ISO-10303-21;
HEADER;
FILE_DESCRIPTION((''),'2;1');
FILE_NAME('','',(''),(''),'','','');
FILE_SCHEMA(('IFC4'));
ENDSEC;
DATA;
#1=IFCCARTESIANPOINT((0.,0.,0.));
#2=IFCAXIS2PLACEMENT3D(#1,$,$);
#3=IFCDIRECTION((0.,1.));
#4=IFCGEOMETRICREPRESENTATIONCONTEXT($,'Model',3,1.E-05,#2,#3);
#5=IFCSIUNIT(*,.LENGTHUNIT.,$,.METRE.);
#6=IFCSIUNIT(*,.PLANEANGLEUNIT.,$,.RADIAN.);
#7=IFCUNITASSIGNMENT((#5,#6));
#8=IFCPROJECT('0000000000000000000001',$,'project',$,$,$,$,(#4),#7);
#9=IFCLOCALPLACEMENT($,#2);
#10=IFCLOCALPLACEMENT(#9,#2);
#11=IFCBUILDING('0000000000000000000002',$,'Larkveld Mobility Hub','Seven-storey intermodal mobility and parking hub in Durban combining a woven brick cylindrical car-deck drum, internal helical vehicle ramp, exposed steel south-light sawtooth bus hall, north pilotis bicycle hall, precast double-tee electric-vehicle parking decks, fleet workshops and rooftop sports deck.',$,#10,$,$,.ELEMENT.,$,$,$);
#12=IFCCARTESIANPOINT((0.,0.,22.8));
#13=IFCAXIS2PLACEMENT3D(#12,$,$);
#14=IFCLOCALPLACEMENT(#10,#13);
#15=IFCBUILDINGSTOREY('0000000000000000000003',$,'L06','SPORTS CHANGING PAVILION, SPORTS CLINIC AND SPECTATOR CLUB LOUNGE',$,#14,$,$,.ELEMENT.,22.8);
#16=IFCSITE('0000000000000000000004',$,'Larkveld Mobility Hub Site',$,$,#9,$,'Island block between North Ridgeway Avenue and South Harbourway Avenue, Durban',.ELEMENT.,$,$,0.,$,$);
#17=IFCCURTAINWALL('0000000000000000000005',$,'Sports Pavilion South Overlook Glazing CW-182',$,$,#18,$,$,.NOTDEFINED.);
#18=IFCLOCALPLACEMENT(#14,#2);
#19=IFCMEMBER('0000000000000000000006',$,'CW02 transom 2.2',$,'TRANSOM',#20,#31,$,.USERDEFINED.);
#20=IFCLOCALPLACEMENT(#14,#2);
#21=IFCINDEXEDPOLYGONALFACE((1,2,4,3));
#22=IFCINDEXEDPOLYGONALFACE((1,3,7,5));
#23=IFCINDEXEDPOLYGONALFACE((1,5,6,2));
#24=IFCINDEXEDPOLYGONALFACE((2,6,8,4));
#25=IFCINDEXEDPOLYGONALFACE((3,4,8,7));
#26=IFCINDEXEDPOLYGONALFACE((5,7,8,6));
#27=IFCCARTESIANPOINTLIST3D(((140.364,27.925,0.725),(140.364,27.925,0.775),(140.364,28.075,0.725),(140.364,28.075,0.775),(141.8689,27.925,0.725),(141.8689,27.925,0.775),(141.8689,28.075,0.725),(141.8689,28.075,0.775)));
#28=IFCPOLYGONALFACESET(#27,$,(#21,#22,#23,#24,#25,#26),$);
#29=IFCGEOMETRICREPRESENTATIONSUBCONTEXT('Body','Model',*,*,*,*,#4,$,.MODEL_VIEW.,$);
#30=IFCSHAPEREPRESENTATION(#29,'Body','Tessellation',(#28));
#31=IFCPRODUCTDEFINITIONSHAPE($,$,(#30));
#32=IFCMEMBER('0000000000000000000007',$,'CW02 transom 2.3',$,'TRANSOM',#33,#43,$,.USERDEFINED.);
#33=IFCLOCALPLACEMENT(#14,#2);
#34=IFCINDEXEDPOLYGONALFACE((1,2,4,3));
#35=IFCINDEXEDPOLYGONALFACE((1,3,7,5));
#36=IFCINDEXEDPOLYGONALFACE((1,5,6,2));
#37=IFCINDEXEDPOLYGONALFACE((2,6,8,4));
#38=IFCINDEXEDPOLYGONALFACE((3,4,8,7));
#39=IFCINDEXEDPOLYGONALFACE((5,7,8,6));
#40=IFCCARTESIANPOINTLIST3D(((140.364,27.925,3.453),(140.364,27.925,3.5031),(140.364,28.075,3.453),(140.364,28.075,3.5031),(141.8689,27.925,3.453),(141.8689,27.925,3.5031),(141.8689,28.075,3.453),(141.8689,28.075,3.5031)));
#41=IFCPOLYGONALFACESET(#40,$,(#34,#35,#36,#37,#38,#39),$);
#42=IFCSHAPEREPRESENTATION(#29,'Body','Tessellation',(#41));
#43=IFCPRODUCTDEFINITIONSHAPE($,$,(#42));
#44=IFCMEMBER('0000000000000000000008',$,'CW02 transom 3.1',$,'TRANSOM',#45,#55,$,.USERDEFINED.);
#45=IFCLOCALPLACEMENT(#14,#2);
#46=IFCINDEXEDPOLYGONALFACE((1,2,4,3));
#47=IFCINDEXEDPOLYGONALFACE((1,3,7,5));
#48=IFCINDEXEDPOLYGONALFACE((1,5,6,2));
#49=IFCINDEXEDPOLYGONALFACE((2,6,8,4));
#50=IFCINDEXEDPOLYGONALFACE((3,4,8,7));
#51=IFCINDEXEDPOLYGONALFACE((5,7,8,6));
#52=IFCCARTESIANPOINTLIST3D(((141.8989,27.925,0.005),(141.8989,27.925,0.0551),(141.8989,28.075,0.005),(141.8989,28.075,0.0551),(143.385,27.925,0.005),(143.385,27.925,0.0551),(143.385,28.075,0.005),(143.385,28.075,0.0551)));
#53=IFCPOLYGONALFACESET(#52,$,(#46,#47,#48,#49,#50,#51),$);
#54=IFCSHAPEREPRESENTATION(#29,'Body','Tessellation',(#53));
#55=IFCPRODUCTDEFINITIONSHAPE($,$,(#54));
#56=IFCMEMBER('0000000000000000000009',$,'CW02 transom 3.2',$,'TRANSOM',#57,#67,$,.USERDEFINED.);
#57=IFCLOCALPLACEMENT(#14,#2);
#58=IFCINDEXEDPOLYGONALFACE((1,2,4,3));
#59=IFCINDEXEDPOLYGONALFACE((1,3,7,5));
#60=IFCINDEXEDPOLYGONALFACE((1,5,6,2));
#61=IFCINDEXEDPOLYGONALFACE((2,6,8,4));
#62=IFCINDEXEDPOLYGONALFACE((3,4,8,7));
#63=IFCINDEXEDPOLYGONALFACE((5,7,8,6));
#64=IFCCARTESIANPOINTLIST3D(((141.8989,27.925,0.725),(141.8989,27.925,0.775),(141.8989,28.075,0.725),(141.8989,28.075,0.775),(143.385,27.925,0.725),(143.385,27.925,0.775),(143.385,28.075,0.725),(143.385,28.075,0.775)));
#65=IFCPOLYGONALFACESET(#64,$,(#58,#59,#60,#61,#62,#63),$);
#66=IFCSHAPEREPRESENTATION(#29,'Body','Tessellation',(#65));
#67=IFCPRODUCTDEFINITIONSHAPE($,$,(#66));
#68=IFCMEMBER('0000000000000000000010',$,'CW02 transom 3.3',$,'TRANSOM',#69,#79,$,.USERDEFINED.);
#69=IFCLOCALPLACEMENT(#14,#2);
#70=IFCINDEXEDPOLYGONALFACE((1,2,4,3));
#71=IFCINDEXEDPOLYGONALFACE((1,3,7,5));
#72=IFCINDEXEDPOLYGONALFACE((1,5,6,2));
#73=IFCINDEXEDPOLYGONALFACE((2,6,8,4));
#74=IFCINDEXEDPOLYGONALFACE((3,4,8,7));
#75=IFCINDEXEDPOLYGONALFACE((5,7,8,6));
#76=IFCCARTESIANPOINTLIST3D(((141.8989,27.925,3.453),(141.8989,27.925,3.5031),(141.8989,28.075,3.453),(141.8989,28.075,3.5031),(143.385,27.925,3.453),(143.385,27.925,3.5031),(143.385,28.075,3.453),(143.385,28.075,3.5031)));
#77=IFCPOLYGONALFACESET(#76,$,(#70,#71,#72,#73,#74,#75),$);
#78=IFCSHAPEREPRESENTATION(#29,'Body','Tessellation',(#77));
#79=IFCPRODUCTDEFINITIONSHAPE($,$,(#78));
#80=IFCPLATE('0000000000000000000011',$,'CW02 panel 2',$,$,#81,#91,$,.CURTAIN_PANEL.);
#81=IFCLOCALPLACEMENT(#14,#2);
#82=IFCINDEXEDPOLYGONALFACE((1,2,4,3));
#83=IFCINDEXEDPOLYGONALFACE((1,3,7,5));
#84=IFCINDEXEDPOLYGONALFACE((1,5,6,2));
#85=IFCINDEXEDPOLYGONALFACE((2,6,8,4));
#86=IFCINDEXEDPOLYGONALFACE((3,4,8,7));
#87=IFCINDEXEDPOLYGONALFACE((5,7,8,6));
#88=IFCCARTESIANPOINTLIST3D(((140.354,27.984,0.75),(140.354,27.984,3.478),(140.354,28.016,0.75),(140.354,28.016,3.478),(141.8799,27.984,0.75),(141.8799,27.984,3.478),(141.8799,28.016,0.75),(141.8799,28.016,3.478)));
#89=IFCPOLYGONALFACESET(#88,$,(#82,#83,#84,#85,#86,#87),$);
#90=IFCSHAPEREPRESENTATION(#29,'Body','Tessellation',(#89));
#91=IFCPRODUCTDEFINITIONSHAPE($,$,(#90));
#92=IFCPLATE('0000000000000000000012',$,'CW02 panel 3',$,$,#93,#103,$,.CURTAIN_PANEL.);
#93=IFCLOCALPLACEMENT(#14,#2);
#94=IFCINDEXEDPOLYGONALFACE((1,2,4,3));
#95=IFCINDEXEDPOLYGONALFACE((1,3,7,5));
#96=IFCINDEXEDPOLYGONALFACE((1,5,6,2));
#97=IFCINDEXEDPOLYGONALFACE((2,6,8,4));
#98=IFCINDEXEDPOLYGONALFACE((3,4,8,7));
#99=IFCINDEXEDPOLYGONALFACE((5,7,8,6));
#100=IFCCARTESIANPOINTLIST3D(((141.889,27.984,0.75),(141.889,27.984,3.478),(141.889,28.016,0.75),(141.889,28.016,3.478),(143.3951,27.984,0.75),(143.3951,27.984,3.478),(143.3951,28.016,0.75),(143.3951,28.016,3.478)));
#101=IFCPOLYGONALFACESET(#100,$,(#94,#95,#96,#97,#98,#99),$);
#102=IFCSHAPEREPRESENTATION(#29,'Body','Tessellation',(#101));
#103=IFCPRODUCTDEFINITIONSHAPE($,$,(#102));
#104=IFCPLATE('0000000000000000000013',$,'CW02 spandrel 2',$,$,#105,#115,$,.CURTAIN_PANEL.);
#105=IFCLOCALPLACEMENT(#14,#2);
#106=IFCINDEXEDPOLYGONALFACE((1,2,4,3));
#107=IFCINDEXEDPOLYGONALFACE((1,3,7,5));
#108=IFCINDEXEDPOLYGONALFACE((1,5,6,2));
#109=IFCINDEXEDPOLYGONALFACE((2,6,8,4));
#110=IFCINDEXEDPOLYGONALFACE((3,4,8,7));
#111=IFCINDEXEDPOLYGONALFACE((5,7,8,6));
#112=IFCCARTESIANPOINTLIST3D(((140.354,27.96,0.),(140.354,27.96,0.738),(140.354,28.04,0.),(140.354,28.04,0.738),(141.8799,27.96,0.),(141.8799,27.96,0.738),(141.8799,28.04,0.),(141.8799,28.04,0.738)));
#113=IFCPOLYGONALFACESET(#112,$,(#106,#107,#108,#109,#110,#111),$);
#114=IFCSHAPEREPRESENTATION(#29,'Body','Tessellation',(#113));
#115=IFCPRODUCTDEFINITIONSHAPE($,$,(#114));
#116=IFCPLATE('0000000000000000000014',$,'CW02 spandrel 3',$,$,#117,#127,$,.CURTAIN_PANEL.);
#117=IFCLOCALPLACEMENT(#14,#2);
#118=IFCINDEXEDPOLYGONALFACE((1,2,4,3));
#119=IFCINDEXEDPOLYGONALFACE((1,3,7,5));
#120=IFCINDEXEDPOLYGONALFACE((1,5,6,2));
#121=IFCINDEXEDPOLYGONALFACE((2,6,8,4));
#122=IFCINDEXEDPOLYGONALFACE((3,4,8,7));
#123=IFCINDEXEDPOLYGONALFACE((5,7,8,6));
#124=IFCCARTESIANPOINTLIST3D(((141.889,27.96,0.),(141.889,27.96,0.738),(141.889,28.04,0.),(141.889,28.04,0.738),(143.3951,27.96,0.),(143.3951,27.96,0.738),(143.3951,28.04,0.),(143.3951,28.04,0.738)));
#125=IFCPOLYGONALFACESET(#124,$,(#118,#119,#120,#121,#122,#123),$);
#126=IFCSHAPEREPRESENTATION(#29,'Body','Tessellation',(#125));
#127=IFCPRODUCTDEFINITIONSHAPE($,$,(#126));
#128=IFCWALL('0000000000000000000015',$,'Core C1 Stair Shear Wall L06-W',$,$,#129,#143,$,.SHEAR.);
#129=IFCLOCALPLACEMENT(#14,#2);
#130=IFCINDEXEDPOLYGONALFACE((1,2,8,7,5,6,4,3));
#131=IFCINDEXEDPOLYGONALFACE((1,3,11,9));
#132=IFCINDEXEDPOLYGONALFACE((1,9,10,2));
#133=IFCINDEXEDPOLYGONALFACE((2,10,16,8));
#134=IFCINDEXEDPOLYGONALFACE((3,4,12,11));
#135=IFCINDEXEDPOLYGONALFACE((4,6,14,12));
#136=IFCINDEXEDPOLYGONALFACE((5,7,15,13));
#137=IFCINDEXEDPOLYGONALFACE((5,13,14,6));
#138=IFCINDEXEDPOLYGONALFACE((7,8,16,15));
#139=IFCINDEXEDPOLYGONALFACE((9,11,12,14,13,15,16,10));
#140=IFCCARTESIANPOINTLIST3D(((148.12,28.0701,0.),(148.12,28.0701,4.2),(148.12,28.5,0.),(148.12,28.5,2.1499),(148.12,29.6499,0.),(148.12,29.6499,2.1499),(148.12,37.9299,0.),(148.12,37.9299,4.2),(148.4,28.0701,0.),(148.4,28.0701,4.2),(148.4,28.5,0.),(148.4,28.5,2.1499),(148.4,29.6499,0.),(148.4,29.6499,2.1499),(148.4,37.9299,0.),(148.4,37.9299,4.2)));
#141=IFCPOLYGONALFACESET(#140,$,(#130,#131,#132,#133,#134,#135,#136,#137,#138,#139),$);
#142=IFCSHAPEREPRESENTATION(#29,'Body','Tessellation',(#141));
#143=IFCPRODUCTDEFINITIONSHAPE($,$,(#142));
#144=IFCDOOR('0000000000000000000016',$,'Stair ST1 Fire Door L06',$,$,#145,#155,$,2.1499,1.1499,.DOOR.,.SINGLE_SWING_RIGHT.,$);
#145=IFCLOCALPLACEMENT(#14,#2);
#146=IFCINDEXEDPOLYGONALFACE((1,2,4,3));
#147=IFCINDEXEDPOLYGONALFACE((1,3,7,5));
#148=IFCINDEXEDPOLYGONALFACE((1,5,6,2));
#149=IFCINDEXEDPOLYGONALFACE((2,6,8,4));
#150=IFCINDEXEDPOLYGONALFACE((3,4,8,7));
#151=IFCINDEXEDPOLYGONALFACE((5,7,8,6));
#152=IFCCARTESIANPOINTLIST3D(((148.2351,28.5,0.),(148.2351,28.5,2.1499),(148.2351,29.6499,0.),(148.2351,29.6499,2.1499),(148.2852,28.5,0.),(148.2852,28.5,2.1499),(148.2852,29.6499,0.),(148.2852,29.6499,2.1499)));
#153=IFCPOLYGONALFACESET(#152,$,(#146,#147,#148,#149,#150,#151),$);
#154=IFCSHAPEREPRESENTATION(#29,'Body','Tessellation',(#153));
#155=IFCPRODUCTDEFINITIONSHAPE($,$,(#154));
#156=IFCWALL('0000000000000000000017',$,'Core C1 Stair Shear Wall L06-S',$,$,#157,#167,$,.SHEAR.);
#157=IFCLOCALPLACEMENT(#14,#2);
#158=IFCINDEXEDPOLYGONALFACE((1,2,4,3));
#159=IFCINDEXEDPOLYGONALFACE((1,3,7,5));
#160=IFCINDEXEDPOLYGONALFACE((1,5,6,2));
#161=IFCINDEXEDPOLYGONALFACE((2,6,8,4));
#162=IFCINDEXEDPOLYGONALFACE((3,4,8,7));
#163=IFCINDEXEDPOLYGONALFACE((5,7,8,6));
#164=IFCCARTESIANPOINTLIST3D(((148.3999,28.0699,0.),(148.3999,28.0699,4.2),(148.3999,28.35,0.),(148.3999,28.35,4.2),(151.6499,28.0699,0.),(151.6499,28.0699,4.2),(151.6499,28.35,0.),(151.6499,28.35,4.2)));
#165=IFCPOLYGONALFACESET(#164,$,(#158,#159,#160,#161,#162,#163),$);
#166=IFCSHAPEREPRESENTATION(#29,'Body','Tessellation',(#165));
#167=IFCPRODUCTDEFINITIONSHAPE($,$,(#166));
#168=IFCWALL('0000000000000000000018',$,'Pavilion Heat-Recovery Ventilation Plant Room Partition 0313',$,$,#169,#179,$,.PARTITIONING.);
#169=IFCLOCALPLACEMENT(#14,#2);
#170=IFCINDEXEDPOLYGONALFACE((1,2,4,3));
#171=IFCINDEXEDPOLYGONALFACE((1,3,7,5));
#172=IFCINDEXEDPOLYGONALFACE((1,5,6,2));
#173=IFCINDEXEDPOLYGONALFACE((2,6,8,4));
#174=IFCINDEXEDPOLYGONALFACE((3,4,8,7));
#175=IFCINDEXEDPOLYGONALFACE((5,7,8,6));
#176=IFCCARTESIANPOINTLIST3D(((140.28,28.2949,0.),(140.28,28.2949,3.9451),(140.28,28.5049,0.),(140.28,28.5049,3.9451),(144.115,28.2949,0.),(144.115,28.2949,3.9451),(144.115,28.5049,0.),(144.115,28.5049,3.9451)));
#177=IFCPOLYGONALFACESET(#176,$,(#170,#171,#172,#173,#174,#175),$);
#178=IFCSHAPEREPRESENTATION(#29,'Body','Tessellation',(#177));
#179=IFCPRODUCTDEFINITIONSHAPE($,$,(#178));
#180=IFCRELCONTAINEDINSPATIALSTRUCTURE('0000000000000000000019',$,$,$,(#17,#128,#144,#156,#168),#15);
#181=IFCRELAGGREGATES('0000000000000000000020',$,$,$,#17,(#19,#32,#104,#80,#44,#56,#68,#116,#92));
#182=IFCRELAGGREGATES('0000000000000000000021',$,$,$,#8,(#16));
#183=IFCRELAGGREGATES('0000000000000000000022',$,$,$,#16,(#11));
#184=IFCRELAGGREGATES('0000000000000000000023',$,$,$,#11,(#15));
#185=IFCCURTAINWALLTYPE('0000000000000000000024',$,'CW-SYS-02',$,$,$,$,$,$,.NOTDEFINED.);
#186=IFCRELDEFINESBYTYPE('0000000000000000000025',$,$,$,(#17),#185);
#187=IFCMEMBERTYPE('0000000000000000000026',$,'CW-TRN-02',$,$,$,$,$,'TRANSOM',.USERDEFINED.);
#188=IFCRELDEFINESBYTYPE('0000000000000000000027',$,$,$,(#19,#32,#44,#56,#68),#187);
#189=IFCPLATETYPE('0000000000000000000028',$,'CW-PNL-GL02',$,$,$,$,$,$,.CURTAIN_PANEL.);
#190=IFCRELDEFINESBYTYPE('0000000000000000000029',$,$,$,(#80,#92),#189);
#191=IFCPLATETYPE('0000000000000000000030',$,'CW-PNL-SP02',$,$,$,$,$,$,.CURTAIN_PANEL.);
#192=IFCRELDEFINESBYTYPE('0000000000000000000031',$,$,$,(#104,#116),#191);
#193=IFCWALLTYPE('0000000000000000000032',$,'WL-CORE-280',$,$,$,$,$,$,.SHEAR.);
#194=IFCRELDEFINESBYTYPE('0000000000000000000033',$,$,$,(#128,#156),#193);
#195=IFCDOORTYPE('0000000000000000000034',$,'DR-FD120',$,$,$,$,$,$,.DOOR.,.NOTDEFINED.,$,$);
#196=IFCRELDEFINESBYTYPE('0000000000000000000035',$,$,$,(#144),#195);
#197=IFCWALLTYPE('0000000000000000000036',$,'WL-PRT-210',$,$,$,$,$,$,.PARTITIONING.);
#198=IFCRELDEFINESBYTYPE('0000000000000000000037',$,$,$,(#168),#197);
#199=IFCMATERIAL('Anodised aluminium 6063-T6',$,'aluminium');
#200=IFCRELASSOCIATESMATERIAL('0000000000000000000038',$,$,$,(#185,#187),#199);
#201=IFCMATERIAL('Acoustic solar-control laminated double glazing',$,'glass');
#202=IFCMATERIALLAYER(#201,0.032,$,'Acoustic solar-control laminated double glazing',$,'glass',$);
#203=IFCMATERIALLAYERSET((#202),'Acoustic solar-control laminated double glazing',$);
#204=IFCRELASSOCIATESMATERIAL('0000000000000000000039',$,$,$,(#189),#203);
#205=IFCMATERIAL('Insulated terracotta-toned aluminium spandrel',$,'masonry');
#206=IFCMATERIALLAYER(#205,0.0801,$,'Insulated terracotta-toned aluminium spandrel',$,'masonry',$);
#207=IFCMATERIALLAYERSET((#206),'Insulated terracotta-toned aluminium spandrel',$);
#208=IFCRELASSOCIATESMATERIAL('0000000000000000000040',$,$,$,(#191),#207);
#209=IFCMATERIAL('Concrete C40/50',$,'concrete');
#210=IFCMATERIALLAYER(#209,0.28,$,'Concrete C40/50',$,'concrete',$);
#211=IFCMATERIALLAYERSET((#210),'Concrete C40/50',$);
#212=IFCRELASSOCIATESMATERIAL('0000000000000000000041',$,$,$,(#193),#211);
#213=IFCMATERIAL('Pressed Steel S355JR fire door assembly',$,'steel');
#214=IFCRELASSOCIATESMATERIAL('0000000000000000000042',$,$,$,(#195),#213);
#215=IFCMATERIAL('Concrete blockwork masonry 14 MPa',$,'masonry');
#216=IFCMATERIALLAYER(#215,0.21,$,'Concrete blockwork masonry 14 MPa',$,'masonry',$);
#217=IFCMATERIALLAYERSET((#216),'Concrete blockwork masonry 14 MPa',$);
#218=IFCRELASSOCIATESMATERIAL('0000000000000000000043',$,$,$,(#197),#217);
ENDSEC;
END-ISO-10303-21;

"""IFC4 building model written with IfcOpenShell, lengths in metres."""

from ifc_helpers import new_model, si_unit, direction, frame, frame_2d, origin, origin_2d, place, context, subcontext, project, spatial, rectangle, extrude, material, layer, layer_set, material_profile, profile_set, type_object, element, fill, aggregate, save


model = new_model("IFC4")

# Units and contexts
model_context = context("Model", 3, precision=1e-05, world=origin(), true_north=direction((0.0, 1.0)))
body_context = subcontext(model_context, "Body", "Model", "MODEL_VIEW")
ifc_project = project(units=[si_unit("LENGTHUNIT", "METRE"), si_unit("PLANEANGLEUNIT", "RADIAN")], contexts=[model_context])

# Site, building, storey
site_placement = place(None, origin())
site = spatial("IfcSite", under=ifc_project, at=site_placement, Name="Larkveld Mobility Hub Site", LongName="Island block between North Ridgeway Avenue and South Harbourway Avenue, Durban", CompositionType="ELEMENT", RefElevation=0.0)
building_placement = place(site_placement, origin())
building = spatial("IfcBuilding", under=site, at=building_placement, Name="Larkveld Mobility Hub", Description="Seven-storey intermodal mobility and parking hub in Durban combining a woven brick cylindrical car-deck drum, internal helical vehicle ramp, exposed steel south-light sawtooth bus hall, north pilotis bicycle hall, precast double-tee electric-vehicle parking decks, fleet workshops and rooftop sports deck.", CompositionType="ELEMENT")
storey_placement = place(building_placement, frame((0.0, 0.0, 22.8)))
storey = spatial("IfcBuildingStorey", under=building, at=storey_placement, Name="L06", Description="SPORTS CHANGING PAVILION, SPORTS CLINIC AND SPECTATOR CLUB LOUNGE", CompositionType="ELEMENT", Elevation=22.8)

# Shared definitions
ifc_material_1 = material(Name="Concrete C40/50", Category="concrete")

# Curtain wall, members, plates
ifc_material_2 = material(Name="Anodised aluminium 6063-T6", Category="aluminium")
curtain_wall_type = type_object("IfcCurtainWallType", Name="CW-SYS-02", PredefinedType="NOTDEFINED", material=ifc_material_2)
curtain_wall_placement = place(storey_placement, origin())
curtain_wall = element("IfcCurtainWall", 1, at=curtain_wall_placement, inside=storey, type_object=curtain_wall_type, Name="Sports Pavilion South Overlook Glazing CW-182", PredefinedType="NOTDEFINED")
ifc_material_profile_1 = material_profile(ifc_material_2, rectangle(XDim=0.1499, YDim=0.05, at=origin_2d()), Name="ALU TRAN 50x150")
ifc_profile_set_1 = profile_set([ifc_material_profile_1], Name="Anodised aluminium 6063-T6")
member_type_1 = type_object("IfcMemberType", Name="CW-TRN-02", ElementType="TRANSOM", PredefinedType="USERDEFINED", material=ifc_profile_set_1)
member_1_placement = place(storey_placement, frame((140.364, 28.0, 0.75), z_axis=(1.0, 0.0, 0.0), x_axis=(0.0, 1.0, 0.0)))
member_1 = element("IfcMember", 2, at=member_1_placement, type_object=member_type_1, Name="CW02 transom 2.2", ObjectType="TRANSOM", PredefinedType="USERDEFINED", context=body_context, shape_type="SweptSolid", body=[
    extrude(rectangle(XDim=0.1499, YDim=0.05, at=origin_2d()), origin(), (0.0, 0.0, 1.0), 1.5049),
])
member_2_placement = place(storey_placement, frame((140.364, 28.0, 3.478), z_axis=(1.0, 0.0, 0.0), x_axis=(0.0, 1.0, 0.0)))
member_2 = element("IfcMember", 3, at=member_2_placement, type_object=member_type_1, Name="CW02 transom 2.3", ObjectType="TRANSOM", PredefinedType="USERDEFINED", context=body_context, shape_type="SweptSolid", body=[
    extrude(rectangle(XDim=0.1499, YDim=0.05, at=origin_2d()), origin(), (0.0, 0.0, 1.0), 1.5049),
])
member_3_placement = place(storey_placement, frame((141.8989, 28.0, 0.03), z_axis=(1.0, 0.0, 0.0), x_axis=(0.0, 1.0, 0.0)))
member_3 = element("IfcMember", 4, at=member_3_placement, type_object=member_type_1, Name="CW02 transom 3.1", ObjectType="TRANSOM", PredefinedType="USERDEFINED", context=body_context, shape_type="SweptSolid", body=[
    extrude(rectangle(XDim=0.1499, YDim=0.05, at=origin_2d()), origin(), (0.0, 0.0, 1.0), 1.4861),
])
member_4_placement = place(storey_placement, frame((141.8989, 28.0, 0.75), z_axis=(1.0, 0.0, 0.0), x_axis=(0.0, 1.0, 0.0)))
member_4 = element("IfcMember", 5, at=member_4_placement, type_object=member_type_1, Name="CW02 transom 3.2", ObjectType="TRANSOM", PredefinedType="USERDEFINED", context=body_context, shape_type="SweptSolid", body=[
    extrude(rectangle(XDim=0.1499, YDim=0.05, at=origin_2d()), origin(), (0.0, 0.0, 1.0), 1.4861),
])
member_5_placement = place(storey_placement, frame((141.8989, 28.0, 3.478), z_axis=(1.0, 0.0, 0.0), x_axis=(0.0, 1.0, 0.0)))
member_5 = element("IfcMember", 6, at=member_5_placement, type_object=member_type_1, Name="CW02 transom 3.3", ObjectType="TRANSOM", PredefinedType="USERDEFINED", context=body_context, shape_type="SweptSolid", body=[
    extrude(rectangle(XDim=0.1499, YDim=0.05, at=origin_2d()), origin(), (0.0, 0.0, 1.0), 1.4861),
])
ifc_material_3 = material(Name="Acoustic solar-control laminated double glazing", Category="glass")
ifc_layer_1 = layer(ifc_material_3, 0.032, Name="Acoustic solar-control laminated double glazing", Category="glass")
ifc_layer_set_1 = layer_set([ifc_layer_1], Name="Acoustic solar-control laminated double glazing")
plate_type_1 = type_object("IfcPlateType", Name="CW-PNL-GL02", PredefinedType="CURTAIN_PANEL", material=ifc_layer_set_1)
plate_1_placement = place(storey_placement, frame((141.1169, 28.0, 0.75), z_axis=(0.0, 0.0, 1.0), x_axis=(1.0, 0.0, 0.0)))
plate_1 = element("IfcPlate", 7, at=plate_1_placement, type_object=plate_type_1, Name="CW02 panel 2", PredefinedType="CURTAIN_PANEL", context=body_context, shape_type="SweptSolid", body=[
    extrude(rectangle(XDim=1.5259, YDim=0.032, at=origin_2d()), origin(), (0.0, 0.0, 1.0), 2.728),
])
plate_2_placement = place(storey_placement, frame((142.6421, 28.0, 0.75), z_axis=(0.0, 0.0, 1.0), x_axis=(1.0, 0.0, 0.0)))
plate_2 = element("IfcPlate", 8, at=plate_2_placement, type_object=plate_type_1, Name="CW02 panel 3", PredefinedType="CURTAIN_PANEL", context=body_context, shape_type="SweptSolid", body=[
    extrude(rectangle(XDim=1.5061, YDim=0.032, at=origin_2d()), origin(), (0.0, 0.0, 1.0), 2.728),
])
ifc_material_4 = material(Name="Insulated terracotta-toned aluminium spandrel", Category="masonry")
ifc_layer_2 = layer(ifc_material_4, 0.0801, Name="Insulated terracotta-toned aluminium spandrel", Category="masonry")
ifc_layer_set_2 = layer_set([ifc_layer_2], Name="Insulated terracotta-toned aluminium spandrel")
plate_type_2 = type_object("IfcPlateType", Name="CW-PNL-SP02", PredefinedType="CURTAIN_PANEL", material=ifc_layer_set_2)
plate_3_placement = place(storey_placement, frame((141.1169, 28.0, 0.0), z_axis=(0.0, 0.0, 1.0), x_axis=(1.0, 0.0, 0.0)))
plate_3 = element("IfcPlate", 9, at=plate_3_placement, type_object=plate_type_2, Name="CW02 spandrel 2", PredefinedType="CURTAIN_PANEL", context=body_context, shape_type="SweptSolid", body=[
    extrude(rectangle(XDim=1.5259, YDim=0.0801, at=origin_2d()), origin(), (0.0, 0.0, 1.0), 0.738),
])
plate_4_placement = place(storey_placement, frame((142.6421, 28.0, 0.0), z_axis=(0.0, 0.0, 1.0), x_axis=(1.0, 0.0, 0.0)))
plate_4 = element("IfcPlate", 10, at=plate_4_placement, type_object=plate_type_2, Name="CW02 spandrel 3", PredefinedType="CURTAIN_PANEL", context=body_context, shape_type="SweptSolid", body=[
    extrude(rectangle(XDim=1.5061, YDim=0.0801, at=origin_2d()), origin(), (0.0, 0.0, 1.0), 0.738),
])
aggregate(curtain_wall, [member_1, member_2, plate_3, plate_1, member_3, member_4, member_5, plate_4, plate_2])

# Wall, opening, door
ifc_layer_3 = layer(ifc_material_1, 0.28, Name="Concrete C40/50", Category="concrete")
ifc_layer_set_3 = layer_set([ifc_layer_3], Name="Concrete C40/50")
wall_type_1 = type_object("IfcWallType", Name="WL-CORE-280", PredefinedType="SHEAR", material=ifc_layer_set_3)
wall_1_placement = place(storey_placement, frame((148.26, 28.0701, 0.0), z_axis=(0.0, 0.0, 1.0), x_axis=(0.0, 1.0, 0.0)))
wall_1 = element("IfcWall", 11, at=wall_1_placement, inside=storey, type_object=wall_type_1, Name="Core C1 Stair Shear Wall L06-W", PredefinedType="SHEAR", context=body_context, shape_type="SweptSolid", body=[
    extrude(rectangle(XDim=9.8599, YDim=0.28, at=frame_2d((4.9299, 0.0))), origin(), (0.0, 0.0, 1.0), 4.2),
])
opening_1_placement = place(wall_1_placement, frame((0.4299, 0.0, 0.0)))
opening_1 = element("IfcOpeningElement", 12, at=opening_1_placement, cuts=wall_1, PredefinedType="OPENING", context=body_context, shape_type="SweptSolid", body=[
    extrude(rectangle(XDim=1.1499, YDim=2.1499, at=frame_2d((0.575, 1.075))), frame((0.0, 0.1499, 0.0), z_axis=(0.0, -1.0, 0.0), x_axis=(1.0, 0.0, 0.0)), (0.0, 0.0, 1.0), 0.3),
])
ifc_material_5 = material(Name="Pressed Steel S355JR fire door assembly", Category="steel")
door_type_1 = type_object("IfcDoorType", Name="DR-FD120", OperationType="NOTDEFINED", PredefinedType="DOOR", material=ifc_material_5)
door_1_placement = place(opening_1_placement, origin())
door_1 = element("IfcDoor", 13, at=door_1_placement, inside=storey, type_object=door_type_1, Name="Stair ST1 Fire Door L06", OperationType="SINGLE_SWING_RIGHT", OverallHeight=2.1499, OverallWidth=1.1499, PredefinedType="DOOR", context=body_context, shape_type="SweptSolid", body=[
    extrude(rectangle(XDim=1.1499, YDim=2.1499, at=frame_2d((0.575, 1.075))), frame((0.0, 0.0249, 0.0), z_axis=(0.0, -1.0, 0.0), x_axis=(1.0, 0.0, 0.0)), (0.0, 0.0, 1.0), 0.05),
])
fill(opening_1, door_1)

# Walls
wall_2_placement = place(storey_placement, frame((151.6499, 28.21, 0.0), z_axis=(0.0, 0.0, 1.0), x_axis=(-1.0, 0.0, 0.0)))
element("IfcWall", 14, at=wall_2_placement, inside=storey, type_object=wall_type_1, Name="Core C1 Stair Shear Wall L06-S", PredefinedType="SHEAR", context=body_context, shape_type="SweptSolid", body=[
    extrude(rectangle(XDim=3.25, YDim=0.28, at=frame_2d((1.625, 0.0))), origin(), (0.0, 0.0, 1.0), 4.2),
])
ifc_material_6 = material(Name="Concrete blockwork masonry 14 MPa", Category="masonry")
ifc_layer_4 = layer(ifc_material_6, 0.21, Name="Concrete blockwork masonry 14 MPa", Category="masonry")
ifc_layer_set_4 = layer_set([ifc_layer_4], Name="Concrete blockwork masonry 14 MPa")
wall_type_2 = type_object("IfcWallType", Name="WL-PRT-210", PredefinedType="PARTITIONING", material=ifc_layer_set_4)
wall_3_placement = place(storey_placement, frame((140.28, 28.3999, 0.0), z_axis=(0.0, 0.0, 1.0), x_axis=(1.0, 0.0, 0.0)))
element("IfcWall", 15, at=wall_3_placement, inside=storey, type_object=wall_type_2, Name="Pavilion Heat-Recovery Ventilation Plant Room Partition 0313", PredefinedType="PARTITIONING", context=body_context, shape_type="SweptSolid", body=[
    extrude(rectangle(XDim=3.835, YDim=0.21, at=frame_2d((1.9175, 0.0))), origin(), (0.0, 0.0, 1.0), 3.9451),
])

save(model, "model.ifc")
